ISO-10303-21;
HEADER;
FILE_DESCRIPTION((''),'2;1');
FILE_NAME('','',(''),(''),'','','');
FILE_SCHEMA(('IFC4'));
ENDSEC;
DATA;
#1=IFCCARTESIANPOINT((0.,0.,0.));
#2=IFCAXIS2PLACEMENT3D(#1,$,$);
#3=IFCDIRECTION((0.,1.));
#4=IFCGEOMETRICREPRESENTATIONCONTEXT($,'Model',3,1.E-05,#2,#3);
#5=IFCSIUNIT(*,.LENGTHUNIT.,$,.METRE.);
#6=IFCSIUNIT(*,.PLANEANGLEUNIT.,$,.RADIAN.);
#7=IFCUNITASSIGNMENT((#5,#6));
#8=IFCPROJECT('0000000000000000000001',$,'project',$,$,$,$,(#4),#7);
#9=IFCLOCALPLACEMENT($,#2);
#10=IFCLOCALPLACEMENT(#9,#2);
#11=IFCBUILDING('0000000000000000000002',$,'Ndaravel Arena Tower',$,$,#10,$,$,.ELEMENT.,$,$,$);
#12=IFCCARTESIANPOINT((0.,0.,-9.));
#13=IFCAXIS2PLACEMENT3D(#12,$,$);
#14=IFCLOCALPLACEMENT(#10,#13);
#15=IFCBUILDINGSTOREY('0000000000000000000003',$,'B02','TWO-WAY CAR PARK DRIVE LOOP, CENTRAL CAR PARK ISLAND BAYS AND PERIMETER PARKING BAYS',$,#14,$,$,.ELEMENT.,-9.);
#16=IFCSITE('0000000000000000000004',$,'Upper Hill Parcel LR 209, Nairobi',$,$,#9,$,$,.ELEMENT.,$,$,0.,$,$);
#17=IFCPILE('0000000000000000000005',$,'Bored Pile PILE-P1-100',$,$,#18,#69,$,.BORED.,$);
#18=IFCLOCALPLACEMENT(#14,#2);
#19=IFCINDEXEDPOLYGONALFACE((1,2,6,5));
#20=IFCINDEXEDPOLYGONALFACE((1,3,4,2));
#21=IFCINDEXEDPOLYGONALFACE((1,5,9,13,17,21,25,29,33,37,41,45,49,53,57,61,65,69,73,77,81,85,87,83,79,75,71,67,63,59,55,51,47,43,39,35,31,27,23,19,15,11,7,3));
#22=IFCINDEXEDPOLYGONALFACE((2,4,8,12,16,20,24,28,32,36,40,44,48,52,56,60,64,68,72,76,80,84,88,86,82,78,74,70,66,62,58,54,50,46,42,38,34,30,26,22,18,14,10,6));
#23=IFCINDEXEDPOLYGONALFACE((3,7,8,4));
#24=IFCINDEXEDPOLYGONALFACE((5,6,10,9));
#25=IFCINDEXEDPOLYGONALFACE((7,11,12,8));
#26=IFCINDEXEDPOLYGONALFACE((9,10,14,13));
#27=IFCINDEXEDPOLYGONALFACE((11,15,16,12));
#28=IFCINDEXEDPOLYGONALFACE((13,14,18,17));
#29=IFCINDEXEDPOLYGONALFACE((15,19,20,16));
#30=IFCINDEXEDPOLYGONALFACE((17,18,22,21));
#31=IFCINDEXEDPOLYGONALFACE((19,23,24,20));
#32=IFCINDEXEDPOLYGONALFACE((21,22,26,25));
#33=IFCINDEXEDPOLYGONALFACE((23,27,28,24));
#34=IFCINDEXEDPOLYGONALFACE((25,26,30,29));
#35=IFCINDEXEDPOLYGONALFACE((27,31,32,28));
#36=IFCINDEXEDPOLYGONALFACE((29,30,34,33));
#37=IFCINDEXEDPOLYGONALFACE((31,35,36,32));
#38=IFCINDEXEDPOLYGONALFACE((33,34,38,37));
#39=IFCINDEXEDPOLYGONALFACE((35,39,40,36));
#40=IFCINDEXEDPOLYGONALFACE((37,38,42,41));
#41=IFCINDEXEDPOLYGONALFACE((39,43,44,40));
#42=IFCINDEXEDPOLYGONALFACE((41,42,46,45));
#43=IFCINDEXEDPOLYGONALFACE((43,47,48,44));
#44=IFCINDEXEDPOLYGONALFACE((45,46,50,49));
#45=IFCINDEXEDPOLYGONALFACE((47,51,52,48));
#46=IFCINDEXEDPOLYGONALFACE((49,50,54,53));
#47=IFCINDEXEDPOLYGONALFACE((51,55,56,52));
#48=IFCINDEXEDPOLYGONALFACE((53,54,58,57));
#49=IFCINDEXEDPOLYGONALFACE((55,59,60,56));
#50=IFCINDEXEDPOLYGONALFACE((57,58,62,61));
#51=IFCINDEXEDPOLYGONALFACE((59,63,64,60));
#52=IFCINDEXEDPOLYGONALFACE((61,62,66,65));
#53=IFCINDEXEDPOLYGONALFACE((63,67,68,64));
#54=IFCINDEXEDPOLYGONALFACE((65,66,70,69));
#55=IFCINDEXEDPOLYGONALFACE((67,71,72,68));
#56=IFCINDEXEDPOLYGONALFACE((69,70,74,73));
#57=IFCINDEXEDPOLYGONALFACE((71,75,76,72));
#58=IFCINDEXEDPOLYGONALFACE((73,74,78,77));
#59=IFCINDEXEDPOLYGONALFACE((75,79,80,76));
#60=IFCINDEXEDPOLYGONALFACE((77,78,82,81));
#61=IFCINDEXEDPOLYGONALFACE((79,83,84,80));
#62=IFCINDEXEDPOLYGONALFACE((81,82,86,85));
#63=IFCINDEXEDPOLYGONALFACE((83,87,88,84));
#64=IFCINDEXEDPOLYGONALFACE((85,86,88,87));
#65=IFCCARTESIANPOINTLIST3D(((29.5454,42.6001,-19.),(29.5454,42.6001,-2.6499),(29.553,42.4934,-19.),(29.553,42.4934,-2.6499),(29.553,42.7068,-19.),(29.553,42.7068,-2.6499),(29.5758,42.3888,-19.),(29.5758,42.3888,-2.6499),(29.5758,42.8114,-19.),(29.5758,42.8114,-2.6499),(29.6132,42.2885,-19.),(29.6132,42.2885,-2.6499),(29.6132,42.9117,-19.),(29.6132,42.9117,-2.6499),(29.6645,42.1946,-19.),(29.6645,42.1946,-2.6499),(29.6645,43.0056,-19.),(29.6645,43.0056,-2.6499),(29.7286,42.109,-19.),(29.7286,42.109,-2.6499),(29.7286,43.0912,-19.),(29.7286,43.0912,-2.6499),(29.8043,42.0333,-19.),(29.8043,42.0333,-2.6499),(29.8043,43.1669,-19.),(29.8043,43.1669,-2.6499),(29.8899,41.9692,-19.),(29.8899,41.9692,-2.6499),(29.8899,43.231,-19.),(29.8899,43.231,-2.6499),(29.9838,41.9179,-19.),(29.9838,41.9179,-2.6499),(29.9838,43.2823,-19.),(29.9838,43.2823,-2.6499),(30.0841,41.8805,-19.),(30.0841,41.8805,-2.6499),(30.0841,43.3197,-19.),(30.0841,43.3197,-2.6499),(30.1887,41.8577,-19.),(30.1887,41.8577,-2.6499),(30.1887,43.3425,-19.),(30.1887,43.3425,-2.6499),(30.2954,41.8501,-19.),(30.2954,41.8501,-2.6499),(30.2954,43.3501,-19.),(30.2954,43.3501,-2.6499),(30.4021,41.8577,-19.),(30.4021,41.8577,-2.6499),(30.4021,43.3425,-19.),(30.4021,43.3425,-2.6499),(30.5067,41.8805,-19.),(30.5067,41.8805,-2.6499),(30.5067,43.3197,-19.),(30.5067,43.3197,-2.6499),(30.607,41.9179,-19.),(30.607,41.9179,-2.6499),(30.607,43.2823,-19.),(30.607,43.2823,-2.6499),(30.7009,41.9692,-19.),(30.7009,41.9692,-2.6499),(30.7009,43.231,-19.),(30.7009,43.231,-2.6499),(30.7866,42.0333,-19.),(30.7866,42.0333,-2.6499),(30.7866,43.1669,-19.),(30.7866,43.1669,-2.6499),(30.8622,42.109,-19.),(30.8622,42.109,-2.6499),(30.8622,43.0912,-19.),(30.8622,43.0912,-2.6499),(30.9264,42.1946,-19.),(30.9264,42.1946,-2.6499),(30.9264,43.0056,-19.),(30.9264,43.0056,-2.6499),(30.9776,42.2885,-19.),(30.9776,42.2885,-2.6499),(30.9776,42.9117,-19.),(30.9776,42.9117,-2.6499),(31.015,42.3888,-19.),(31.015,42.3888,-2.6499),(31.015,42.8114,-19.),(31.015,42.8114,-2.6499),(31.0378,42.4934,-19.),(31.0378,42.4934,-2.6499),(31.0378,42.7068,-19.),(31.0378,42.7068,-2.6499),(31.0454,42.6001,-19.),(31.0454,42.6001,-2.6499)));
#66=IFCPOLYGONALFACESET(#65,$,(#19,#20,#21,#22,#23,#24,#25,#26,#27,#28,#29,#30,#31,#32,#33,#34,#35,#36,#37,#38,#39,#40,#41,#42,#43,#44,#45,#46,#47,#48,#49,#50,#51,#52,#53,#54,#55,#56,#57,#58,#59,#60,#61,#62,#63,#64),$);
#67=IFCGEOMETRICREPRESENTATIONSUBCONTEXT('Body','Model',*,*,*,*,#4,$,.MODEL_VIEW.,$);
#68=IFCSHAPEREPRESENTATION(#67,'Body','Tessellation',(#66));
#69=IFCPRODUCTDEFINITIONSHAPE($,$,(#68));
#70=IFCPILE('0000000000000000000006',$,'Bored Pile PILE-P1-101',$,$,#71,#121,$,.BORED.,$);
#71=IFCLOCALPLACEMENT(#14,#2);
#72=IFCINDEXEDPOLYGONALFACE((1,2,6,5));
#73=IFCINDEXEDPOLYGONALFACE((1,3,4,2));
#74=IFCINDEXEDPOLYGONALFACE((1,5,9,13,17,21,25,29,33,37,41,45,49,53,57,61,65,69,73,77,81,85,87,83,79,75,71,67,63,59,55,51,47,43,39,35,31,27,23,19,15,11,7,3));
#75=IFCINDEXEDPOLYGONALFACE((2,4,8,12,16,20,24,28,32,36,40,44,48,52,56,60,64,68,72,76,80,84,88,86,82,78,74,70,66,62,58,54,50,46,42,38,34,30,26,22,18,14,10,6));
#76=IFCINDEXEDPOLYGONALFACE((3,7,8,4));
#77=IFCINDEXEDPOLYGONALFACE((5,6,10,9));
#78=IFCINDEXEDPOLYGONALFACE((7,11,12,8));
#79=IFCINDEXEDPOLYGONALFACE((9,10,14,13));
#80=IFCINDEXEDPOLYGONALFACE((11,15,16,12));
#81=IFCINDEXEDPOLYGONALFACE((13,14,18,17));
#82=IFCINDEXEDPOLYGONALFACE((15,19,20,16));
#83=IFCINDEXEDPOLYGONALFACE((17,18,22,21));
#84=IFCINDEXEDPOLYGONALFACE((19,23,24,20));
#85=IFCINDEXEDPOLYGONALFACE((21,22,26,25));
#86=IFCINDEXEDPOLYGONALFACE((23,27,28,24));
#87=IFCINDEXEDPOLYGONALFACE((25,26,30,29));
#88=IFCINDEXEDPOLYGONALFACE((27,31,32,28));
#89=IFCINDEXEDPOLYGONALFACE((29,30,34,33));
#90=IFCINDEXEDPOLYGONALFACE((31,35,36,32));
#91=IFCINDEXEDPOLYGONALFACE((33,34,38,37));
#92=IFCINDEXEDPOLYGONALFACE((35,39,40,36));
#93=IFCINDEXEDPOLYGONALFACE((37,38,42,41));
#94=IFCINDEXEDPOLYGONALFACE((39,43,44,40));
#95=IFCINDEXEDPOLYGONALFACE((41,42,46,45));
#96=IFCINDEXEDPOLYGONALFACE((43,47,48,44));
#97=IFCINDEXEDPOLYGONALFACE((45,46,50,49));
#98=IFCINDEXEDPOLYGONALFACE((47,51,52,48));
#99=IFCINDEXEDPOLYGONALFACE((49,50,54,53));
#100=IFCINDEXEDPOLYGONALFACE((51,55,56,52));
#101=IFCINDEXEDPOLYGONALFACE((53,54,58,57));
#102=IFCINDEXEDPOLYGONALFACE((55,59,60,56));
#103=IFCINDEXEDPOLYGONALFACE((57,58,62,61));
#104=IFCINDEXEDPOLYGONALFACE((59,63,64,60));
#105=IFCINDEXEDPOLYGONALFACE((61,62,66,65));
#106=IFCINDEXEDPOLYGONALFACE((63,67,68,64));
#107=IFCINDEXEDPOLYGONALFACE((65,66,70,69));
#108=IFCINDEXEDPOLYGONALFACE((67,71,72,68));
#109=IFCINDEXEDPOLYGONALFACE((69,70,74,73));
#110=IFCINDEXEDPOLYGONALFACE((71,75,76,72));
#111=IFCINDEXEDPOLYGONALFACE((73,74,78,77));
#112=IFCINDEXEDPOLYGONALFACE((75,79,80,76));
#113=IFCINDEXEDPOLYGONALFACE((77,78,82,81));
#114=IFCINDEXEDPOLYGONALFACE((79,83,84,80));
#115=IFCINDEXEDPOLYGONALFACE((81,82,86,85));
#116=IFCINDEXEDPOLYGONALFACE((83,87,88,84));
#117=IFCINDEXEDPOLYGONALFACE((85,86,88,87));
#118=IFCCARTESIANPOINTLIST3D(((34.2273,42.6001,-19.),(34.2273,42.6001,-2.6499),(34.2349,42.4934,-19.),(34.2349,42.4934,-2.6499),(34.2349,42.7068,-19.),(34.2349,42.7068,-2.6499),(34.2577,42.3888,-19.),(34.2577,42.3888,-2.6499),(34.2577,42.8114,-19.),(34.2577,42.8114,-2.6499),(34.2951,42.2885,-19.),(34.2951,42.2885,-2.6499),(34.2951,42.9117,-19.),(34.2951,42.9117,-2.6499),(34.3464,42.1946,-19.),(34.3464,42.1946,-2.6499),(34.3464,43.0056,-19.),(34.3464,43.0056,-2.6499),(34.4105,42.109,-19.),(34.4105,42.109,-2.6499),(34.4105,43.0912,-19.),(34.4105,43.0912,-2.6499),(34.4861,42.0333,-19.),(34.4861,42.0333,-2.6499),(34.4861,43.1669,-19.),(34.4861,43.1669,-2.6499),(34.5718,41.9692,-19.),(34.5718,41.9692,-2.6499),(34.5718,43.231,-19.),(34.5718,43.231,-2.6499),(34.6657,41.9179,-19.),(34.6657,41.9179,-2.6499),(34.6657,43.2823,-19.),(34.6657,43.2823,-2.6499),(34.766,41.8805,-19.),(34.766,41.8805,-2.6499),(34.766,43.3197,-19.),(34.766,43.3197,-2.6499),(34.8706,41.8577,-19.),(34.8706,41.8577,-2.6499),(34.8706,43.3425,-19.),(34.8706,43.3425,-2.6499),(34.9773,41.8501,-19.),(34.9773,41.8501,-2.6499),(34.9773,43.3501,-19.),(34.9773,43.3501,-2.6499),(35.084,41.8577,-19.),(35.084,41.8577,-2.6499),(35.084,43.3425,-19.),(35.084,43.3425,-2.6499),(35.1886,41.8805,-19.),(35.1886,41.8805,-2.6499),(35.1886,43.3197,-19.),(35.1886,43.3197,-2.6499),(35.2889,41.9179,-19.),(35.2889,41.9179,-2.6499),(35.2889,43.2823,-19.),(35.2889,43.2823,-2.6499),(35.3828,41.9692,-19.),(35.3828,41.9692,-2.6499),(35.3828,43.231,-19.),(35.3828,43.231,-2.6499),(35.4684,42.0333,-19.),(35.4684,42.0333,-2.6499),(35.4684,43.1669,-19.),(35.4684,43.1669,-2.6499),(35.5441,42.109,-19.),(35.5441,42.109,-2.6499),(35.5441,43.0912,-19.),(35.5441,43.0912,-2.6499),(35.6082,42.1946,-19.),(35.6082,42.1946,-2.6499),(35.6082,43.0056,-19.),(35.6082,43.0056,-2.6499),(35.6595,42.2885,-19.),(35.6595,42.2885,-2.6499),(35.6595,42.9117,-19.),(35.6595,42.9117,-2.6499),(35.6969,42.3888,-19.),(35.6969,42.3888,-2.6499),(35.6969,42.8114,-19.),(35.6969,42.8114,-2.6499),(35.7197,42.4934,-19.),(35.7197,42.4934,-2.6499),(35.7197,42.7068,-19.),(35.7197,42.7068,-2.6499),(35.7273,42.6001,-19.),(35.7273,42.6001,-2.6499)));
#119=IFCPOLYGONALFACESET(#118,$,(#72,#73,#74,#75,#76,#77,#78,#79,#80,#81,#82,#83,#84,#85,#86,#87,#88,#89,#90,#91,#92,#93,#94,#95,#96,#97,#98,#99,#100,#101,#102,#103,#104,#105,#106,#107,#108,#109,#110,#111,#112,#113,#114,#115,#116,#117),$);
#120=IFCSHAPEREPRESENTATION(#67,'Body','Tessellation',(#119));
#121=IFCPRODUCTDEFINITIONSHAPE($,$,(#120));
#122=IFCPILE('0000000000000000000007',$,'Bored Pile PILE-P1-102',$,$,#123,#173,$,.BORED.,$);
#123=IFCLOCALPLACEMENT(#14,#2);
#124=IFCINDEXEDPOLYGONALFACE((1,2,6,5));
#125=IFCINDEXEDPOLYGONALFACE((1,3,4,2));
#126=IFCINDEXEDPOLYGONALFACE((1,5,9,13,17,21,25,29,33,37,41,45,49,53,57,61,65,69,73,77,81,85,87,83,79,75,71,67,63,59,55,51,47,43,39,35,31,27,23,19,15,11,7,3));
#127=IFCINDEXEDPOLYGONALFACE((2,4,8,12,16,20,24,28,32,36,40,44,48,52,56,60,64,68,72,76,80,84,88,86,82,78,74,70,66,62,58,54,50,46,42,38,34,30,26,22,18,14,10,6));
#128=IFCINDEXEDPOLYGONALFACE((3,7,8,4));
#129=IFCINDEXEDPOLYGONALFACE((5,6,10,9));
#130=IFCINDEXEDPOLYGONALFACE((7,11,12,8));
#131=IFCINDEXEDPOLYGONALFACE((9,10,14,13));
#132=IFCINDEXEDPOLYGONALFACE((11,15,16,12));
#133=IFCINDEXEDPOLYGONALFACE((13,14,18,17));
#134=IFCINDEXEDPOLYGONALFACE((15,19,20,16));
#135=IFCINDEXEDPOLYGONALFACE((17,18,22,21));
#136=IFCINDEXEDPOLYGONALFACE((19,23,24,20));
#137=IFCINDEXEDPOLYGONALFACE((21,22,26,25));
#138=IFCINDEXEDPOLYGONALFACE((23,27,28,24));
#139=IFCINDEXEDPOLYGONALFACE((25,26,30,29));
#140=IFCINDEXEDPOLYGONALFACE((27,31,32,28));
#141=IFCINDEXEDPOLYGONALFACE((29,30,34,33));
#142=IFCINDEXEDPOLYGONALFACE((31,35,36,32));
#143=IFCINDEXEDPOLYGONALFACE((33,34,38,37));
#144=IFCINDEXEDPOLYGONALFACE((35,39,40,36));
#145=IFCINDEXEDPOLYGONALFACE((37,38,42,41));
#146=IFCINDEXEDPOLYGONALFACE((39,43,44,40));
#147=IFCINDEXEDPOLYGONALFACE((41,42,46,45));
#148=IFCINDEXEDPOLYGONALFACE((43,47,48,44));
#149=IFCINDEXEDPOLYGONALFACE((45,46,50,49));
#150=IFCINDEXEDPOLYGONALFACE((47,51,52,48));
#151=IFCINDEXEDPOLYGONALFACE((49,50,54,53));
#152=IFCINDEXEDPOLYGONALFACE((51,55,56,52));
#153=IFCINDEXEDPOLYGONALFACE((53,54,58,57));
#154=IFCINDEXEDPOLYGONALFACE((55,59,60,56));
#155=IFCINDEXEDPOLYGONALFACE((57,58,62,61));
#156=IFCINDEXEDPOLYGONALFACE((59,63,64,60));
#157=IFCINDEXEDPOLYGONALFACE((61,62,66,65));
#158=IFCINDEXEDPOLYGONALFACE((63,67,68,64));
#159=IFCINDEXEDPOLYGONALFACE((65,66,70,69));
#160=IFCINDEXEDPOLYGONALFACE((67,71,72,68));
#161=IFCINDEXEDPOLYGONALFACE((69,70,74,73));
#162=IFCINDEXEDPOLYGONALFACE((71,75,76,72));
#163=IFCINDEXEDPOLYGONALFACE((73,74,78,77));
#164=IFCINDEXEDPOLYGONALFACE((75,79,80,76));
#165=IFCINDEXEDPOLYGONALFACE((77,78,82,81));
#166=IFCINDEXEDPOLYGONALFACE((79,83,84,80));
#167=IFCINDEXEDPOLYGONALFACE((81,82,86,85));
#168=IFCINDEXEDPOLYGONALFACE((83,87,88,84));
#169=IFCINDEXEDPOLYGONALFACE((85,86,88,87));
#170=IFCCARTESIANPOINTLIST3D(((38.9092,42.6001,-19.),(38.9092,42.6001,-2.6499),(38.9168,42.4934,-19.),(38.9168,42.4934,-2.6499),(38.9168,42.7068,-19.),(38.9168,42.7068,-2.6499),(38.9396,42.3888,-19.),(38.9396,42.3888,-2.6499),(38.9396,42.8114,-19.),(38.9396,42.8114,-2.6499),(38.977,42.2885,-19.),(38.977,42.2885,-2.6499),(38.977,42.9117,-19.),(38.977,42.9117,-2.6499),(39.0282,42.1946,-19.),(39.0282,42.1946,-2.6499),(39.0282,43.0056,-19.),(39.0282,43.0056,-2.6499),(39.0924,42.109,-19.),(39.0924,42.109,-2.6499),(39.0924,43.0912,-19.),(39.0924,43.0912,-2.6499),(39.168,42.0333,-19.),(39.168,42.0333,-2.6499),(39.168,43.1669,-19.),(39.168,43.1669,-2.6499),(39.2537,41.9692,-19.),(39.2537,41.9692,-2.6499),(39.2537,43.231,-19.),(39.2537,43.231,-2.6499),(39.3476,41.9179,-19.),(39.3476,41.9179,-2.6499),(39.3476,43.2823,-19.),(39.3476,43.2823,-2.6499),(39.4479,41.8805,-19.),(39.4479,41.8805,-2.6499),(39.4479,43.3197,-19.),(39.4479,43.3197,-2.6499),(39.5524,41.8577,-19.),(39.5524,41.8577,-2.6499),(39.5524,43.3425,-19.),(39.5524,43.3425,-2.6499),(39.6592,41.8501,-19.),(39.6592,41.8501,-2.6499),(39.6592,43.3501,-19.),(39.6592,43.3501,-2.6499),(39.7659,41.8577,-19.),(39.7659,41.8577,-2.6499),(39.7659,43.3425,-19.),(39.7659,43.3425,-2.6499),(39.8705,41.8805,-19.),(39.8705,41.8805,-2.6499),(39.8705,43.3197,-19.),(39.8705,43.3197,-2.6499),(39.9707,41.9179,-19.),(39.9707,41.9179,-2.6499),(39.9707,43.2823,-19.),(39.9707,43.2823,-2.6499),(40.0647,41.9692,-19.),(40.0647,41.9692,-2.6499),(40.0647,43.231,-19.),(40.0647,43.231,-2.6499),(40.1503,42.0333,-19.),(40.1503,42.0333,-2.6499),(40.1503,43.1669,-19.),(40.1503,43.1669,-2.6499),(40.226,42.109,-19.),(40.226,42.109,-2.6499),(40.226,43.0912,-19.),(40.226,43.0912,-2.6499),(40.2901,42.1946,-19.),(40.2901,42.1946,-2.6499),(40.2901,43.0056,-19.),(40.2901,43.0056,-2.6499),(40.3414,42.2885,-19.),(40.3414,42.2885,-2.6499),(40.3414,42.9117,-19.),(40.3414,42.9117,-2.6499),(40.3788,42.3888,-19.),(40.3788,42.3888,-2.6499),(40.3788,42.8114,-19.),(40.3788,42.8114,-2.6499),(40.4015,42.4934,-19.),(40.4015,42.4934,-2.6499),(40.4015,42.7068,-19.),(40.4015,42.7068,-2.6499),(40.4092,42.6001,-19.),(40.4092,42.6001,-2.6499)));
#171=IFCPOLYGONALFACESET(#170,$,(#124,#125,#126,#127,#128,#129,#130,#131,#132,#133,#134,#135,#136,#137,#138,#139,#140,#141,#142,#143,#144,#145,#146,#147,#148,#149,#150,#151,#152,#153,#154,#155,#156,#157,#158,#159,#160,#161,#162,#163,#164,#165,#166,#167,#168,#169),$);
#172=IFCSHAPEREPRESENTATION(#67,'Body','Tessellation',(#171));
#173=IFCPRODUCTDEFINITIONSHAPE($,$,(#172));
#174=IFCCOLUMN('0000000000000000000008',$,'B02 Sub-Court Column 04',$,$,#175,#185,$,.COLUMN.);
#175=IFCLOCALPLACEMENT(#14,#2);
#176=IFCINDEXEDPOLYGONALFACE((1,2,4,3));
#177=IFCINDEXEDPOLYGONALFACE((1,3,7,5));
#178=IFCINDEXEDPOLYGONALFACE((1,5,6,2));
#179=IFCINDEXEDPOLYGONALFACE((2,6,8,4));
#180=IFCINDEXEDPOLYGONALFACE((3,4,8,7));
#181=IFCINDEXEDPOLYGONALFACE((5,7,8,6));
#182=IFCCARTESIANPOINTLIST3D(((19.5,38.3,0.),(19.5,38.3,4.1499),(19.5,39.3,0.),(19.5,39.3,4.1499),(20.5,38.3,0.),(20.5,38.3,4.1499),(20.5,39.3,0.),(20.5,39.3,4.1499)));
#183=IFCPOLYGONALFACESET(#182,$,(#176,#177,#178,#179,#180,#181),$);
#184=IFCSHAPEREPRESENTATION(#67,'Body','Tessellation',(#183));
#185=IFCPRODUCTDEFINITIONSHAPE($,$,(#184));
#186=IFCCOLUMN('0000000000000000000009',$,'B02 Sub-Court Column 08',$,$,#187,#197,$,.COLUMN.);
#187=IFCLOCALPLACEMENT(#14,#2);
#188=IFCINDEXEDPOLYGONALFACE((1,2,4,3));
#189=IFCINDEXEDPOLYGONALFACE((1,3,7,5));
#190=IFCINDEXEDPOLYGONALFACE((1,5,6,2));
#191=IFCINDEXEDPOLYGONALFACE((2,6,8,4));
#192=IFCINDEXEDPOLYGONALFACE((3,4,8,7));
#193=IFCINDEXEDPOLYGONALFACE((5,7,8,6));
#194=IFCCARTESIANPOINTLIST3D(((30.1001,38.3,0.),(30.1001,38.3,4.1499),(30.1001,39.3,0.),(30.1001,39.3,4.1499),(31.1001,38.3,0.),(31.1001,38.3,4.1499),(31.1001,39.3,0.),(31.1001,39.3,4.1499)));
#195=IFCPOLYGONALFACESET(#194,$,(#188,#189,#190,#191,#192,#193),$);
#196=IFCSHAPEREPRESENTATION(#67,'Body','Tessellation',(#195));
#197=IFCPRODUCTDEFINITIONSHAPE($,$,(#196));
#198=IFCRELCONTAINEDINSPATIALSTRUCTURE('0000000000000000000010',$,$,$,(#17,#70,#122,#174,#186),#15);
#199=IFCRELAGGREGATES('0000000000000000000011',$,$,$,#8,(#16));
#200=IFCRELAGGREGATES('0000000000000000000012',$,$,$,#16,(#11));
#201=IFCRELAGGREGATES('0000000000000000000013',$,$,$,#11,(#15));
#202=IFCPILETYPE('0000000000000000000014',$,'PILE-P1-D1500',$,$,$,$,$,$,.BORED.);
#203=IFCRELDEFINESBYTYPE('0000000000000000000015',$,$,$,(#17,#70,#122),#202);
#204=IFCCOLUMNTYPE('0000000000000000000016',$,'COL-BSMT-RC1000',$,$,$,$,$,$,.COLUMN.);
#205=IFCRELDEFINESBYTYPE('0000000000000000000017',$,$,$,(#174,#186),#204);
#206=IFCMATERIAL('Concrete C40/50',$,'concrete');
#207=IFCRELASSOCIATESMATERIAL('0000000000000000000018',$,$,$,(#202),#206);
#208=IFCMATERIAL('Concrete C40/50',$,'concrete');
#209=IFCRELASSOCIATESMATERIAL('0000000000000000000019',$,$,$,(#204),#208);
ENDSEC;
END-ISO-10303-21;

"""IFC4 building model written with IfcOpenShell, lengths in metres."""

from ifc_helpers import new_model, si_unit, direction, frame, origin, origin_2d, place, context, subcontext, project, spatial, rectangle, circle, extrude, material, material_profile, profile_set, type_object, element, save


model = new_model("IFC4")

# Units and contexts
model_context = context("Model", 3, precision=1e-05, world=origin(), true_north=direction((0.0, 1.0)))
body_context = subcontext(model_context, "Body", "Model", "MODEL_VIEW")
ifc_project = project(units=[si_unit("LENGTHUNIT", "METRE"), si_unit("PLANEANGLEUNIT", "RADIAN")], contexts=[model_context])

# Site, building, storey
site_placement = place(None, origin())
site = spatial("IfcSite", under=ifc_project, at=site_placement, Name="Upper Hill Parcel LR 209, Nairobi", CompositionType="ELEMENT", RefElevation=0.0)
building_placement = place(site_placement, origin())
building = spatial("IfcBuilding", under=site, at=building_placement, Name="Ndaravel Arena Tower", CompositionType="ELEMENT")
storey_placement = place(building_placement, frame((0.0, 0.0, -9.0)))
storey = spatial("IfcBuildingStorey", under=building, at=storey_placement, Name="B02", Description="TWO-WAY CAR PARK DRIVE LOOP, CENTRAL CAR PARK ISLAND BAYS AND PERIMETER PARKING BAYS", CompositionType="ELEMENT", Elevation=-9.0)

# Piles
ifc_material_1 = material(Name="Concrete C40/50", Category="concrete")
ifc_material_profile_1 = material_profile(ifc_material_1, circle(Radius=0.75, at=origin_2d()), Name="BORED PILE D1500")
ifc_profile_set_1 = profile_set([ifc_material_profile_1], Name="Concrete C40/50")
pile_type = type_object("IfcPileType", Name="PILE-P1-D1500", PredefinedType="BORED", material=ifc_profile_set_1)
for number, where, z_axis, x_axis, name in (
    (1, (30.2954, 42.6001, -2.6499), (0.0, 0.0, -1.0), (1.0, 0.0, 0.0), "Bored Pile PILE-P1-100"),
    (2, (34.9773, 42.6001, -2.6499), (0.0, 0.0, -1.0), (1.0, 0.0, 0.0), "Bored Pile PILE-P1-101"),
    (3, (39.6592, 42.6001, -2.6499), (0.0, 0.0, -1.0), (1.0, 0.0, 0.0), "Bored Pile PILE-P1-102"),
):
    element("IfcPile", number, at=place(storey_placement, frame(where, z_axis=z_axis, x_axis=x_axis)), inside=storey, type_object=pile_type, Name=name, PredefinedType="BORED", context=body_context, shape_type="SweptSolid", body=[
        extrude(circle(Radius=0.75, at=origin_2d()), origin(), (0.0, 0.0, 1.0), 16.3501),
    ])

# Columns
ifc_material_2 = material(Name="Concrete C40/50", Category="concrete")
ifc_material_profile_2 = material_profile(ifc_material_2, rectangle(XDim=1.0, YDim=1.0, at=origin_2d()), Name="RC 1000x1000")
ifc_profile_set_2 = profile_set([ifc_material_profile_2], Name="Concrete C40/50")
column_type_1 = type_object("IfcColumnType", Name="COL-BSMT-RC1000", PredefinedType="COLUMN", material=ifc_profile_set_2)
for number, where, z_axis, x_axis, name in (
    (4, (20.0, 38.8, 0.0), (0.0, 0.0, 1.0), (1.0, 0.0, 0.0), "B02 Sub-Court Column 04"),
    (5, (30.6001, 38.8, 0.0), (0.0, 0.0, 1.0), (1.0, 0.0, 0.0), "B02 Sub-Court Column 08"),
):
    element("IfcColumn", number, at=place(storey_placement, frame(where, z_axis=z_axis, x_axis=x_axis)), inside=storey, type_object=column_type_1, Name=name, PredefinedType="COLUMN", context=body_context, shape_type="SweptSolid", body=[
        extrude(rectangle(XDim=1.0, YDim=1.0, at=origin_2d()), origin(), (0.0, 0.0, 1.0), 4.1499),
    ])

save(model, "model.ifc")
